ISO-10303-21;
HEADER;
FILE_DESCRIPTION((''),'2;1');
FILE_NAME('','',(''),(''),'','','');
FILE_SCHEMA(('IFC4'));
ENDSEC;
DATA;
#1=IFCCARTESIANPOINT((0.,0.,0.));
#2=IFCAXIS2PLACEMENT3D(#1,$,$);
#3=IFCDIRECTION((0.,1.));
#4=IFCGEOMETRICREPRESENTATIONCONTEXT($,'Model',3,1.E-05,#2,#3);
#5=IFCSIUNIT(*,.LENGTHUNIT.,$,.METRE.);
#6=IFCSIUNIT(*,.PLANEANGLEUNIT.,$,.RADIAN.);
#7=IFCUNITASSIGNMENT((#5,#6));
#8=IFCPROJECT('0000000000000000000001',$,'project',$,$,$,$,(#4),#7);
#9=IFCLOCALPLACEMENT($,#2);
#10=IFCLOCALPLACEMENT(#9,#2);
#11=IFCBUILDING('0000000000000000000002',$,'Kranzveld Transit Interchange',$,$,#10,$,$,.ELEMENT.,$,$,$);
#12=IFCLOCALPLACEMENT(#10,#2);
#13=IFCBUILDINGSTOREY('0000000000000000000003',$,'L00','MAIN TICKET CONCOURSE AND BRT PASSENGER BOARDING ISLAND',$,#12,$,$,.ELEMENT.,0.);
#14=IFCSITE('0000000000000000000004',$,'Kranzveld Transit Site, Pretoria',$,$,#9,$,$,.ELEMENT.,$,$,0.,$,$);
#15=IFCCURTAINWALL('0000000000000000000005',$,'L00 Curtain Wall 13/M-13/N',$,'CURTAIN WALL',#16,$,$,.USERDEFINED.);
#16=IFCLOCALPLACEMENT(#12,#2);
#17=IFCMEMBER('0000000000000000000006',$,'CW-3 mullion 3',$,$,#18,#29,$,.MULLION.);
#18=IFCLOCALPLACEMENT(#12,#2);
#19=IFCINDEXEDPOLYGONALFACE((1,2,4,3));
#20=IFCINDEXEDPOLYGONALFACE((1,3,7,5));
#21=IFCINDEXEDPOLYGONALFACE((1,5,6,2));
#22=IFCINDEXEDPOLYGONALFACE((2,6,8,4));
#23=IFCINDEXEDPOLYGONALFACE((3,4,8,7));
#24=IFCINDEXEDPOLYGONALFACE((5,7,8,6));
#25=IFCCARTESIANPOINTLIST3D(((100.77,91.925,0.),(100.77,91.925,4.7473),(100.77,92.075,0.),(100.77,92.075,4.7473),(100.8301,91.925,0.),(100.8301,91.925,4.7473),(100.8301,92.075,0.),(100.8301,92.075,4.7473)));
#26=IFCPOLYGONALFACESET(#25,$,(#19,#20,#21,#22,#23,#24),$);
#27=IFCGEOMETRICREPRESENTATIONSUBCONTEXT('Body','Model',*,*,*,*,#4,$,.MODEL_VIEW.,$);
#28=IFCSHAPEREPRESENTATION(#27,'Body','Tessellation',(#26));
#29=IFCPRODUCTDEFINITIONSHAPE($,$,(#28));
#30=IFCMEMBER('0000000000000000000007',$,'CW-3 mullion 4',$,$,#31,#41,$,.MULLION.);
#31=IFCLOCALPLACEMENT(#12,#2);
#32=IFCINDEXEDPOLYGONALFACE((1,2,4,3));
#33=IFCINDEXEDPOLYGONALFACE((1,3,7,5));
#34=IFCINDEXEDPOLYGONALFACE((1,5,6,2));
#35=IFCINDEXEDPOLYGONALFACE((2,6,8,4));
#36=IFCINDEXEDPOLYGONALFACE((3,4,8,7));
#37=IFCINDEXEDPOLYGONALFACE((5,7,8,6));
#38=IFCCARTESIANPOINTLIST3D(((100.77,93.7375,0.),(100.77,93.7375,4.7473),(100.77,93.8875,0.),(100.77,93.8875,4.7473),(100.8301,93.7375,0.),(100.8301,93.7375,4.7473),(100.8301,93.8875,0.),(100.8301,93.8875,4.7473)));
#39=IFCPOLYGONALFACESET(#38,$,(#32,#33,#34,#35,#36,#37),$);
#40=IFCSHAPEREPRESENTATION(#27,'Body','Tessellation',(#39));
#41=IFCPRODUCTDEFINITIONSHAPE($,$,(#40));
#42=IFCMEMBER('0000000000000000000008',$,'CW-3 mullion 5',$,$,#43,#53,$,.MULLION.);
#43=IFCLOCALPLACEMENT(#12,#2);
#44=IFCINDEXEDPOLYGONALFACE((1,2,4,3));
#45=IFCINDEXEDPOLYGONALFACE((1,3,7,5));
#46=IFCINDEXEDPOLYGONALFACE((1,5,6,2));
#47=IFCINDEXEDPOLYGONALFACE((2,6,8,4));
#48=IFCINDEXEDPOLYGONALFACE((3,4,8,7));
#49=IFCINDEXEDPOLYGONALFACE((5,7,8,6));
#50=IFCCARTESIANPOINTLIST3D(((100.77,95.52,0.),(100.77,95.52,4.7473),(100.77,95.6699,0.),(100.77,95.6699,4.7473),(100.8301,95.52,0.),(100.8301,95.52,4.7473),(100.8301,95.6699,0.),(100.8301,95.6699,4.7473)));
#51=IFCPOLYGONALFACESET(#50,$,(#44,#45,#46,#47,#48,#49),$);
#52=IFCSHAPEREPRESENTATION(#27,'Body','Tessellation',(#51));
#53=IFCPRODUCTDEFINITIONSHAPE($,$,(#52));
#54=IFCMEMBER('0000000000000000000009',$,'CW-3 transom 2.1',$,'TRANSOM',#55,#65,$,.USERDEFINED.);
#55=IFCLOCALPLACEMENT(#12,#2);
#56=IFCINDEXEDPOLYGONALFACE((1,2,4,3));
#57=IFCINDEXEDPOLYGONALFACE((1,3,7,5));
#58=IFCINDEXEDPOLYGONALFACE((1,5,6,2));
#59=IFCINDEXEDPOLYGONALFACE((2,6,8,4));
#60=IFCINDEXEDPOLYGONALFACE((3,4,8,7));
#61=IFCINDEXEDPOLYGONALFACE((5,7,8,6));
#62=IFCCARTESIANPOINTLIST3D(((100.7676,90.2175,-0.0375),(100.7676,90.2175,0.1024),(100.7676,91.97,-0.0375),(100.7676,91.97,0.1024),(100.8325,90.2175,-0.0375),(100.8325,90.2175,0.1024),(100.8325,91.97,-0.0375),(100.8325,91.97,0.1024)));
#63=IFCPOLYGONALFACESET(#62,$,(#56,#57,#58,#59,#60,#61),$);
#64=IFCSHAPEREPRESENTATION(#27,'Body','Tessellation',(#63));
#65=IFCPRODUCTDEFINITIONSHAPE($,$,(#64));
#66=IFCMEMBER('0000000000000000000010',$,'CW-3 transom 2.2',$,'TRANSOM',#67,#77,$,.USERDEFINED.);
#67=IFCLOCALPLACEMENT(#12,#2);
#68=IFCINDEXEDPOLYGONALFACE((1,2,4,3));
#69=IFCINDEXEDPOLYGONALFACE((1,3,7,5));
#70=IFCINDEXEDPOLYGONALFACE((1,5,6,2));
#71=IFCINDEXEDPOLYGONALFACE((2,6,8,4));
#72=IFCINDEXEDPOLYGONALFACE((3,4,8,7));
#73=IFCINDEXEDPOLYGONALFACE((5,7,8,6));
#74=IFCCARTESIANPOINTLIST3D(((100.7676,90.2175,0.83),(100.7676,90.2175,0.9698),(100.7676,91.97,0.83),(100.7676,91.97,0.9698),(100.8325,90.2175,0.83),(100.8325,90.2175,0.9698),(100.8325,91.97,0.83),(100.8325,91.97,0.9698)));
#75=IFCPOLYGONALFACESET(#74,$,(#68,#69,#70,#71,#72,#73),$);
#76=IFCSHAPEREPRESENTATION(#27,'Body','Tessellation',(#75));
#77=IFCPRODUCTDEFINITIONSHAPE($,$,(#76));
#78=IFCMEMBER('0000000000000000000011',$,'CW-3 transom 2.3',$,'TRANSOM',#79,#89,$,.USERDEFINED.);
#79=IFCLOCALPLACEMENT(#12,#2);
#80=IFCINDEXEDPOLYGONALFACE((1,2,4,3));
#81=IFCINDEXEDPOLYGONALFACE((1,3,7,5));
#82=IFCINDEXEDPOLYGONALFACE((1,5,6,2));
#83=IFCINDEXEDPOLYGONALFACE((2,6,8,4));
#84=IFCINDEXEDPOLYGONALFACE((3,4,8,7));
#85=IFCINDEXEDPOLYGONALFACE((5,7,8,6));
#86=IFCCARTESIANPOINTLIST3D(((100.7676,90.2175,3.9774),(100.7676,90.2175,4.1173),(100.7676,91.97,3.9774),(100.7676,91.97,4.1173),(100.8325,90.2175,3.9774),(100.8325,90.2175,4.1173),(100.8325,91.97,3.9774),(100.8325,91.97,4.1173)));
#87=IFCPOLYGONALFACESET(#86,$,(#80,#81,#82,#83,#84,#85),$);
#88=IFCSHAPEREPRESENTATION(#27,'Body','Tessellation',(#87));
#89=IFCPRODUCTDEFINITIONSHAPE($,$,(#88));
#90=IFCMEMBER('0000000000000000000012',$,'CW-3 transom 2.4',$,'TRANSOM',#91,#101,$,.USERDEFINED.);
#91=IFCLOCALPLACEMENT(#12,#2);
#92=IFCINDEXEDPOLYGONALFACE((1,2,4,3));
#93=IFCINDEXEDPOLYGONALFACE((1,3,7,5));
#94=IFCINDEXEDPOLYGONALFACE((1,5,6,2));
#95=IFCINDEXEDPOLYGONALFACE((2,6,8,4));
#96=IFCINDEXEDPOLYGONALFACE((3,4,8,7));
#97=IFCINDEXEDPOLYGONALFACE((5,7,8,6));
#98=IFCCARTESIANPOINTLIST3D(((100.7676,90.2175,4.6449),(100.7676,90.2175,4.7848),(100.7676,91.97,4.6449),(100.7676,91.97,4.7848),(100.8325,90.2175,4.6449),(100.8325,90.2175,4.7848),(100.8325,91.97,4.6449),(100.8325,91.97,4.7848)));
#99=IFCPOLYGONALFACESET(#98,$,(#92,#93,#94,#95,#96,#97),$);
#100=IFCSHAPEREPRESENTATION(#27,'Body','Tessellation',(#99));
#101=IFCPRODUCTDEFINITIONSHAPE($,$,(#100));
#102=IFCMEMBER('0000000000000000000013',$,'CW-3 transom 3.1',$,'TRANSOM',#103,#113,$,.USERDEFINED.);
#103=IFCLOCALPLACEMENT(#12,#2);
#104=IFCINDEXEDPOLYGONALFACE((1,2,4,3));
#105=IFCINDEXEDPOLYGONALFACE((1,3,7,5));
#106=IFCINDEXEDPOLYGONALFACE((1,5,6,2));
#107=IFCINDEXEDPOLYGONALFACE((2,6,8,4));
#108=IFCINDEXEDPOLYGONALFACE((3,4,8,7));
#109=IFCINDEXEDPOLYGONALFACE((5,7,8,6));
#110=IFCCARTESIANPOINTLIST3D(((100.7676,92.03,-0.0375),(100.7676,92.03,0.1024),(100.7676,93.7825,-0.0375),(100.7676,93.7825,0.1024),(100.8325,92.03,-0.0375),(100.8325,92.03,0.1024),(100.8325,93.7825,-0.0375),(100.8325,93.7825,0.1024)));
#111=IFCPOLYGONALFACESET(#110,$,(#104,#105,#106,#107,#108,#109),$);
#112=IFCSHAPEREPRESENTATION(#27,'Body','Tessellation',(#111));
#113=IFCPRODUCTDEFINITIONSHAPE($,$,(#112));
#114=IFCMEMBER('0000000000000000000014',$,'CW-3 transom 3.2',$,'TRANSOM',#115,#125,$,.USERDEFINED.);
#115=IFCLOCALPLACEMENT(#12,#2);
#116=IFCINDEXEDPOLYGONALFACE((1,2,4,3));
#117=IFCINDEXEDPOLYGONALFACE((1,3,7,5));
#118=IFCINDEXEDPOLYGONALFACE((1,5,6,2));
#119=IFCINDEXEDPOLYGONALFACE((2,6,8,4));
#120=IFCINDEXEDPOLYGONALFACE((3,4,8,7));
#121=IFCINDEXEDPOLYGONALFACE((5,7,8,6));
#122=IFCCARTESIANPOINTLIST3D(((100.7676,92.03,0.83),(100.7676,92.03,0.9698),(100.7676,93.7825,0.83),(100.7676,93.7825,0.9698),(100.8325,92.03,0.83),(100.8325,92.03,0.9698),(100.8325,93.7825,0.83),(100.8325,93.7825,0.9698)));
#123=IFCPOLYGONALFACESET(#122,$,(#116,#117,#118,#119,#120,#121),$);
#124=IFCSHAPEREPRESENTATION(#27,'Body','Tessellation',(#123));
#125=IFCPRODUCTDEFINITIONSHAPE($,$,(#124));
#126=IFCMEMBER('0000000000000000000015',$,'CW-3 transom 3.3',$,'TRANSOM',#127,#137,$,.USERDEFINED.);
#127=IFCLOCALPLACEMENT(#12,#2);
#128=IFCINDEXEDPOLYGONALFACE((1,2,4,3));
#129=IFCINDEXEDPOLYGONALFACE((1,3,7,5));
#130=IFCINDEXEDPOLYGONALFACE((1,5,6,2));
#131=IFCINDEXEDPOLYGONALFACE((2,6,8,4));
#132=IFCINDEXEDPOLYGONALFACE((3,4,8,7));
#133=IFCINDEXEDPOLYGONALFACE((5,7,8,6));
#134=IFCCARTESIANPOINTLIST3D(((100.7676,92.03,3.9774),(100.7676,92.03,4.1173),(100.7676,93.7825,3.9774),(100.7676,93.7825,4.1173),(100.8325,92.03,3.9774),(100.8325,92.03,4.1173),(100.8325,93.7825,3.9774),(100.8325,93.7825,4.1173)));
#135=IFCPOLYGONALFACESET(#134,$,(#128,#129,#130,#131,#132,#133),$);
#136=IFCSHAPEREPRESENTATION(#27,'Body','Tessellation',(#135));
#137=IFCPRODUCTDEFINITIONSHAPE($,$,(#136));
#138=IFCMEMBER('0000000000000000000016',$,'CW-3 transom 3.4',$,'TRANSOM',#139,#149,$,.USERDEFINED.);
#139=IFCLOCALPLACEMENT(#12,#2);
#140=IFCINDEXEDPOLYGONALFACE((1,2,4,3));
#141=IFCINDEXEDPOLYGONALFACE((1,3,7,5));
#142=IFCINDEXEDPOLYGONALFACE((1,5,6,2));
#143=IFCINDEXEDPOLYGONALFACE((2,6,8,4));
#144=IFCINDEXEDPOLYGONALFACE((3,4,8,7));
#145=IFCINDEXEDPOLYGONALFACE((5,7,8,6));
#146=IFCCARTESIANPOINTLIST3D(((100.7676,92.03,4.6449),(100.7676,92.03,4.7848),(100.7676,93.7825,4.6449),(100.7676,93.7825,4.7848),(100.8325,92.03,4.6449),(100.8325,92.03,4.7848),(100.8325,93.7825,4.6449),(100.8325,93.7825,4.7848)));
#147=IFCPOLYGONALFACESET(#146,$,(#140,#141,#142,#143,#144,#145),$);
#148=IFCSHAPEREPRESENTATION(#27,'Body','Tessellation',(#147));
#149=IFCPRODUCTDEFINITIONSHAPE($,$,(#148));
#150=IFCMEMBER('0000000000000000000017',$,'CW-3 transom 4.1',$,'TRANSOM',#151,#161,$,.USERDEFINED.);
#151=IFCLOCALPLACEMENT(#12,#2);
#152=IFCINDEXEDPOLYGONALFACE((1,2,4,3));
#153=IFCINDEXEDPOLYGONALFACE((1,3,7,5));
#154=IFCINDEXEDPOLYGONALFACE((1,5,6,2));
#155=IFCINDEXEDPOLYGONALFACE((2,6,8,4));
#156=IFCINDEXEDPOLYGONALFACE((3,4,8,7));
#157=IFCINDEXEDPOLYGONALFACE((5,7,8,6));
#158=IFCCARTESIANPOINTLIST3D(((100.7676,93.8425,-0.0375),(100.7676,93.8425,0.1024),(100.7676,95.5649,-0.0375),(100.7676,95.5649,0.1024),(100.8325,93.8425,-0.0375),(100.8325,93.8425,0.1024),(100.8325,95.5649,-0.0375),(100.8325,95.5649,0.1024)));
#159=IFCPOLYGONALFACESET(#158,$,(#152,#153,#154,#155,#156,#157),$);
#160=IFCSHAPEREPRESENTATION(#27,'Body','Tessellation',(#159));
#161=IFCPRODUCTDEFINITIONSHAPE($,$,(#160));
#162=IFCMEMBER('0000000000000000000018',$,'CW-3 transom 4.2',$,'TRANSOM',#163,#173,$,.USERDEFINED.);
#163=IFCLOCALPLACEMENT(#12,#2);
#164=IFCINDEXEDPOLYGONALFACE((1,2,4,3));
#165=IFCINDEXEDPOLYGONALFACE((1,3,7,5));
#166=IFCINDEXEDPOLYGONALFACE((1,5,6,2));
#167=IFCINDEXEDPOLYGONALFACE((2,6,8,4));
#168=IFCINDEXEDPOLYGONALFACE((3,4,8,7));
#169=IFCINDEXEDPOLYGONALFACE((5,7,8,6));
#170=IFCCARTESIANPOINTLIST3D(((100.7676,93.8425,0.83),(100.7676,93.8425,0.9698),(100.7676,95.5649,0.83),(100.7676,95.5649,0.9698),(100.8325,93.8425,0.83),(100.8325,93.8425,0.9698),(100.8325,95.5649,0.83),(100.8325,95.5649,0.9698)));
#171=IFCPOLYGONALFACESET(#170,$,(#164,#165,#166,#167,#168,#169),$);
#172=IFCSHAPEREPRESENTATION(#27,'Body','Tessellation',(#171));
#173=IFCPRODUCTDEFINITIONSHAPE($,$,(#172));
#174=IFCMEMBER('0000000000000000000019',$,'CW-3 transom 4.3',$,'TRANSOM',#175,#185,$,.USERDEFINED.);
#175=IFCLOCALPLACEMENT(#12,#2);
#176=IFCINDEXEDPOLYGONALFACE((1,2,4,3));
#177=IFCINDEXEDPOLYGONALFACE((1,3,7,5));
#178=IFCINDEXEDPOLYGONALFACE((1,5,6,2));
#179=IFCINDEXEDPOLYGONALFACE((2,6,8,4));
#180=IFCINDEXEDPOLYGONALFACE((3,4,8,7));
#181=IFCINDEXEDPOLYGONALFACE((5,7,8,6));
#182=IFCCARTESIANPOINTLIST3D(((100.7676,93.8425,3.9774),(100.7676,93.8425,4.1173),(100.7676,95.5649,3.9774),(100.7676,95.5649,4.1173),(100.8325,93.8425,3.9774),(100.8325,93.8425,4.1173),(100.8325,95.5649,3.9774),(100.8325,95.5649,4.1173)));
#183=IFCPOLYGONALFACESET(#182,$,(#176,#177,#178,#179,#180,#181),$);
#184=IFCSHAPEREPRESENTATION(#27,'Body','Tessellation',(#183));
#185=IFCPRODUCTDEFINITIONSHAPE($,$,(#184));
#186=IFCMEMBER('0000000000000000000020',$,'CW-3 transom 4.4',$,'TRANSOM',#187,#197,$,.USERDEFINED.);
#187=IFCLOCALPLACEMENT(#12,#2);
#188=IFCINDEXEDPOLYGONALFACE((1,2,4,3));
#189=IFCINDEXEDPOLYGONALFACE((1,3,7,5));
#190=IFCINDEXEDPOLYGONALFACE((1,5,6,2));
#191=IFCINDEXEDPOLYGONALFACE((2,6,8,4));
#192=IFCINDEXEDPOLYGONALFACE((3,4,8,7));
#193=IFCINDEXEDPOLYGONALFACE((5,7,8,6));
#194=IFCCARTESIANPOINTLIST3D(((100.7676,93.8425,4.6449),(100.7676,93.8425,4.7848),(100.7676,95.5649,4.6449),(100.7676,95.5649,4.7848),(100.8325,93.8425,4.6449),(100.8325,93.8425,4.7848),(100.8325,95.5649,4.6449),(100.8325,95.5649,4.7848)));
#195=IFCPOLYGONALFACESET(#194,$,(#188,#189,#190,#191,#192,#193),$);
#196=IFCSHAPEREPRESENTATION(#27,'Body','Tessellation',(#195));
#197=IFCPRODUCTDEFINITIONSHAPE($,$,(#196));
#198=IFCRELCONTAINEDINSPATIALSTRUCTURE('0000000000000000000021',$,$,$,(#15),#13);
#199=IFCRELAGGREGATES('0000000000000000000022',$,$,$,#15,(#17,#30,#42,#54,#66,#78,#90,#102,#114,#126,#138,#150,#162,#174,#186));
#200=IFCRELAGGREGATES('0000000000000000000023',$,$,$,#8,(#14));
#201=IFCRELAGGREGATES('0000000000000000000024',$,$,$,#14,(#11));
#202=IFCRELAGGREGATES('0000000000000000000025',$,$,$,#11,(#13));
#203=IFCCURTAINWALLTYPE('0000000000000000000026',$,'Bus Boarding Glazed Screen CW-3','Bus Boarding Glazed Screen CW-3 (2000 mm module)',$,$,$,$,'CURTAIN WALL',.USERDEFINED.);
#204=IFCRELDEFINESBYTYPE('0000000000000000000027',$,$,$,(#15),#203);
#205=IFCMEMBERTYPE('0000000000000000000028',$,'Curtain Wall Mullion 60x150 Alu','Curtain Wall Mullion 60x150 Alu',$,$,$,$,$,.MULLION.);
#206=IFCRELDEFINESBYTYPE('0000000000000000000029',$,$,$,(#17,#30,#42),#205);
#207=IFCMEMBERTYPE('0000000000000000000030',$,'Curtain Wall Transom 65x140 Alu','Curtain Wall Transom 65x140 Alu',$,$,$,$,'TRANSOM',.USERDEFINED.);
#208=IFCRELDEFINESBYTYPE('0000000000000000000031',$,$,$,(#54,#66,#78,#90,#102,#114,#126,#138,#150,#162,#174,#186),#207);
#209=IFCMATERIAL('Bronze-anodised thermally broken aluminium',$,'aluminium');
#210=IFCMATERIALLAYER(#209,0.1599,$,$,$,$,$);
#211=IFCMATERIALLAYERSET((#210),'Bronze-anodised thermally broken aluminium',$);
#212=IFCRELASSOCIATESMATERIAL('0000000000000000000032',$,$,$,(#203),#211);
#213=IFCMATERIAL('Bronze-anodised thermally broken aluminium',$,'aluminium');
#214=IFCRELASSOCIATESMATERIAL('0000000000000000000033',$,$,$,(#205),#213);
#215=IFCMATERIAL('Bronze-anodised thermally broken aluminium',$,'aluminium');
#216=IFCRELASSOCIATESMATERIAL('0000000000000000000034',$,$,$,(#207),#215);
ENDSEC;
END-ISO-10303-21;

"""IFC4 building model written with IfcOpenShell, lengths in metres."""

from ifc_helpers import new_model, si_unit, direction, frame, origin, origin_2d, place, context, subcontext, project, spatial, rectangle, extrude, material, layer, layer_set, material_profile, profile_set, type_object, element, aggregate, save


model = new_model("IFC4")

# Units and contexts
model_context = context("Model", 3, precision=1e-05, world=origin(), true_north=direction((0.0, 1.0)))
body_context = subcontext(model_context, "Body", "Model", "MODEL_VIEW")
ifc_project = project(units=[si_unit("LENGTHUNIT", "METRE"), si_unit("PLANEANGLEUNIT", "RADIAN")], contexts=[model_context])

# Site, building, storey
site_placement = place(None, origin())
site = spatial("IfcSite", under=ifc_project, at=site_placement, Name="Kranzveld Transit Site, Pretoria", CompositionType="ELEMENT", RefElevation=0.0)
building_placement = place(site_placement, origin())
building = spatial("IfcBuilding", under=site, at=building_placement, Name="Kranzveld Transit Interchange", CompositionType="ELEMENT")
storey_placement = place(building_placement, origin())
storey = spatial("IfcBuildingStorey", under=building, at=storey_placement, Name="L00", Description="MAIN TICKET CONCOURSE AND BRT PASSENGER BOARDING ISLAND", CompositionType="ELEMENT", Elevation=0.0)

# Curtain wall, members
ifc_material_1 = material(Name="Bronze-anodised thermally broken aluminium", Category="aluminium")
ifc_layer_1 = layer(ifc_material_1, 0.1599)
ifc_layer_set_1 = layer_set([ifc_layer_1], Name="Bronze-anodised thermally broken aluminium")
curtain_wall_type = type_object("IfcCurtainWallType", Name="Bus Boarding Glazed Screen CW-3", Description="Bus Boarding Glazed Screen CW-3 (2000 mm module)", ElementType="CURTAIN WALL", PredefinedType="USERDEFINED", material=ifc_layer_set_1)
curtain_wall_placement = place(storey_placement, origin())
curtain_wall = element("IfcCurtainWall", 1, at=curtain_wall_placement, inside=storey, type_object=curtain_wall_type, Name="L00 Curtain Wall 13/M-13/N", ObjectType="CURTAIN WALL", PredefinedType="USERDEFINED")
ifc_material_2 = material(Name="Bronze-anodised thermally broken aluminium", Category="aluminium")
ifc_material_profile_1 = material_profile(ifc_material_2, rectangle(XDim=0.0601, YDim=0.1499, at=origin_2d()), Name="ALU MULLION 60x150")
ifc_profile_set_1 = profile_set([ifc_material_profile_1], Name="Bronze-anodised thermally broken aluminium")
member_type_1 = type_object("IfcMemberType", Name="Curtain Wall Mullion 60x150 Alu", Description="Curtain Wall Mullion 60x150 Alu", PredefinedType="MULLION", material=ifc_profile_set_1)
member_1_placement = place(storey_placement, frame((100.8, 92.0, 0.0), z_axis=(0.0, 0.0, 1.0), x_axis=(-1.0, 0.0, 0.0)))
member_1 = element("IfcMember", 2, at=member_1_placement, type_object=member_type_1, Name="CW-3 mullion 3", PredefinedType="MULLION", context=body_context, shape_type="SweptSolid", body=[
    extrude(rectangle(XDim=0.0601, YDim=0.1499, at=origin_2d()), origin(), (0.0, 0.0, 1.0), 4.7473),
])
member_2_placement = place(storey_placement, frame((100.8, 93.8125, 0.0), z_axis=(0.0, 0.0, 1.0), x_axis=(-1.0, 0.0, 0.0)))
member_2 = element("IfcMember", 3, at=member_2_placement, type_object=member_type_1, Name="CW-3 mullion 4", PredefinedType="MULLION", context=body_context, shape_type="SweptSolid", body=[
    extrude(rectangle(XDim=0.0601, YDim=0.1499, at=origin_2d()), origin(), (0.0, 0.0, 1.0), 4.7473),
])
member_3_placement = place(storey_placement, frame((100.8, 95.595, 0.0), z_axis=(0.0, 0.0, 1.0), x_axis=(-1.0, 0.0, 0.0)))
member_3 = element("IfcMember", 4, at=member_3_placement, type_object=member_type_1, Name="CW-3 mullion 5", PredefinedType="MULLION", context=body_context, shape_type="SweptSolid", body=[
    extrude(rectangle(XDim=0.0601, YDim=0.1499, at=origin_2d()), origin(), (0.0, 0.0, 1.0), 4.7473),
])
ifc_material_3 = material(Name="Bronze-anodised thermally broken aluminium", Category="aluminium")
ifc_material_profile_2 = material_profile(ifc_material_3, rectangle(XDim=0.0649, YDim=0.1399, at=origin_2d()), Name="ALU TRANSOM 65x140")
ifc_profile_set_2 = profile_set([ifc_material_profile_2], Name="Bronze-anodised thermally broken aluminium")
member_type_2 = type_object("IfcMemberType", Name="Curtain Wall Transom 65x140 Alu", Description="Curtain Wall Transom 65x140 Alu", ElementType="TRANSOM", PredefinedType="USERDEFINED", material=ifc_profile_set_2)
member_4_placement = place(storey_placement, frame((100.8, 90.2175, 0.0325), z_axis=(0.0, 1.0, 0.0), x_axis=(-1.0, 0.0, 0.0)))
member_4 = element("IfcMember", 5, at=member_4_placement, type_object=member_type_2, Name="CW-3 transom 2.1", ObjectType="TRANSOM", PredefinedType="USERDEFINED", context=body_context, shape_type="SweptSolid", body=[
    extrude(rectangle(XDim=0.0649, YDim=0.1399, at=origin_2d()), origin(), (0.0, 0.0, 1.0), 1.7524),
])
member_5_placement = place(storey_placement, frame((100.8, 90.2175, 0.8999), z_axis=(0.0, 1.0, 0.0), x_axis=(-1.0, 0.0, 0.0)))
member_5 = element("IfcMember", 6, at=member_5_placement, type_object=member_type_2, Name="CW-3 transom 2.2", ObjectType="TRANSOM", PredefinedType="USERDEFINED", context=body_context, shape_type="SweptSolid", body=[
    extrude(rectangle(XDim=0.0649, YDim=0.1399, at=origin_2d()), origin(), (0.0, 0.0, 1.0), 1.7524),
])
member_6_placement = place(storey_placement, frame((100.8, 90.2175, 4.0474), z_axis=(0.0, 1.0, 0.0), x_axis=(-1.0, 0.0, 0.0)))
member_6 = element("IfcMember", 7, at=member_6_placement, type_object=member_type_2, Name="CW-3 transom 2.3", ObjectType="TRANSOM", PredefinedType="USERDEFINED", context=body_context, shape_type="SweptSolid", body=[
    extrude(rectangle(XDim=0.0649, YDim=0.1399, at=origin_2d()), origin(), (0.0, 0.0, 1.0), 1.7524),
])
member_7_placement = place(storey_placement, frame((100.8, 90.2175, 4.7148), z_axis=(0.0, 1.0, 0.0), x_axis=(-1.0, 0.0, 0.0)))
member_7 = element("IfcMember", 8, at=member_7_placement, type_object=member_type_2, Name="CW-3 transom 2.4", ObjectType="TRANSOM", PredefinedType="USERDEFINED", context=body_context, shape_type="SweptSolid", body=[
    extrude(rectangle(XDim=0.0649, YDim=0.1399, at=origin_2d()), origin(), (0.0, 0.0, 1.0), 1.7524),
])
member_8_placement = place(storey_placement, frame((100.8, 92.03, 0.0325), z_axis=(0.0, 1.0, 0.0), x_axis=(-1.0, 0.0, 0.0)))
member_8 = element("IfcMember", 9, at=member_8_placement, type_object=member_type_2, Name="CW-3 transom 3.1", ObjectType="TRANSOM", PredefinedType="USERDEFINED", context=body_context, shape_type="SweptSolid", body=[
    extrude(rectangle(XDim=0.0649, YDim=0.1399, at=origin_2d()), origin(), (0.0, 0.0, 1.0), 1.7524),
])
member_9_placement = place(storey_placement, frame((100.8, 92.03, 0.8999), z_axis=(0.0, 1.0, 0.0), x_axis=(-1.0, 0.0, 0.0)))
member_9 = element("IfcMember", 10, at=member_9_placement, type_object=member_type_2, Name="CW-3 transom 3.2", ObjectType="TRANSOM", PredefinedType="USERDEFINED", context=body_context, shape_type="SweptSolid", body=[
    extrude(rectangle(XDim=0.0649, YDim=0.1399, at=origin_2d()), origin(), (0.0, 0.0, 1.0), 1.7524),
])
member_10_placement = place(storey_placement, frame((100.8, 92.03, 4.0474), z_axis=(0.0, 1.0, 0.0), x_axis=(-1.0, 0.0, 0.0)))
member_10 = element("IfcMember", 11, at=member_10_placement, type_object=member_type_2, Name="CW-3 transom 3.3", ObjectType="TRANSOM", PredefinedType="USERDEFINED", context=body_context, shape_type="SweptSolid", body=[
    extrude(rectangle(XDim=0.0649, YDim=0.1399, at=origin_2d()), origin(), (0.0, 0.0, 1.0), 1.7524),
])
member_11_placement = place(storey_placement, frame((100.8, 92.03, 4.7148), z_axis=(0.0, 1.0, 0.0), x_axis=(-1.0, 0.0, 0.0)))
member_11 = element("IfcMember", 12, at=member_11_placement, type_object=member_type_2, Name="CW-3 transom 3.4", ObjectType="TRANSOM", PredefinedType="USERDEFINED", context=body_context, shape_type="SweptSolid", body=[
    extrude(rectangle(XDim=0.0649, YDim=0.1399, at=origin_2d()), origin(), (0.0, 0.0, 1.0), 1.7524),
])
member_12_placement = place(storey_placement, frame((100.8, 93.8425, 0.0325), z_axis=(0.0, 1.0, 0.0), x_axis=(-1.0, 0.0, 0.0)))
member_12 = element("IfcMember", 13, at=member_12_placement, type_object=member_type_2, Name="CW-3 transom 4.1", ObjectType="TRANSOM", PredefinedType="USERDEFINED", context=body_context, shape_type="SweptSolid", body=[
    extrude(rectangle(XDim=0.0649, YDim=0.1399, at=origin_2d()), origin(), (0.0, 0.0, 1.0), 1.7224),
])
member_13_placement = place(storey_placement, frame((100.8, 93.8425, 0.8999), z_axis=(0.0, 1.0, 0.0), x_axis=(-1.0, 0.0, 0.0)))
member_13 = element("IfcMember", 14, at=member_13_placement, type_object=member_type_2, Name="CW-3 transom 4.2", ObjectType="TRANSOM", PredefinedType="USERDEFINED", context=body_context, shape_type="SweptSolid", body=[
    extrude(rectangle(XDim=0.0649, YDim=0.1399, at=origin_2d()), origin(), (0.0, 0.0, 1.0), 1.7224),
])
member_14_placement = place(storey_placement, frame((100.8, 93.8425, 4.0474), z_axis=(0.0, 1.0, 0.0), x_axis=(-1.0, 0.0, 0.0)))
member_14 = element("IfcMember", 15, at=member_14_placement, type_object=member_type_2, Name="CW-3 transom 4.3", ObjectType="TRANSOM", PredefinedType="USERDEFINED", context=body_context, shape_type="SweptSolid", body=[
    extrude(rectangle(XDim=0.0649, YDim=0.1399, at=origin_2d()), origin(), (0.0, 0.0, 1.0), 1.7224),
])
member_15_placement = place(storey_placement, frame((100.8, 93.8425, 4.7148), z_axis=(0.0, 1.0, 0.0), x_axis=(-1.0, 0.0, 0.0)))
member_15 = element("IfcMember", 16, at=member_15_placement, type_object=member_type_2, Name="CW-3 transom 4.4", ObjectType="TRANSOM", PredefinedType="USERDEFINED", context=body_context, shape_type="SweptSolid", body=[
    extrude(rectangle(XDim=0.0649, YDim=0.1399, at=origin_2d()), origin(), (0.0, 0.0, 1.0), 1.7224),
])

aggregate(curtain_wall, [member_1, member_2, member_3, member_4, member_5, member_6, member_7, member_8, member_9, member_10, member_11, member_12, member_13, member_14, member_15])

save(model, "model.ifc")
